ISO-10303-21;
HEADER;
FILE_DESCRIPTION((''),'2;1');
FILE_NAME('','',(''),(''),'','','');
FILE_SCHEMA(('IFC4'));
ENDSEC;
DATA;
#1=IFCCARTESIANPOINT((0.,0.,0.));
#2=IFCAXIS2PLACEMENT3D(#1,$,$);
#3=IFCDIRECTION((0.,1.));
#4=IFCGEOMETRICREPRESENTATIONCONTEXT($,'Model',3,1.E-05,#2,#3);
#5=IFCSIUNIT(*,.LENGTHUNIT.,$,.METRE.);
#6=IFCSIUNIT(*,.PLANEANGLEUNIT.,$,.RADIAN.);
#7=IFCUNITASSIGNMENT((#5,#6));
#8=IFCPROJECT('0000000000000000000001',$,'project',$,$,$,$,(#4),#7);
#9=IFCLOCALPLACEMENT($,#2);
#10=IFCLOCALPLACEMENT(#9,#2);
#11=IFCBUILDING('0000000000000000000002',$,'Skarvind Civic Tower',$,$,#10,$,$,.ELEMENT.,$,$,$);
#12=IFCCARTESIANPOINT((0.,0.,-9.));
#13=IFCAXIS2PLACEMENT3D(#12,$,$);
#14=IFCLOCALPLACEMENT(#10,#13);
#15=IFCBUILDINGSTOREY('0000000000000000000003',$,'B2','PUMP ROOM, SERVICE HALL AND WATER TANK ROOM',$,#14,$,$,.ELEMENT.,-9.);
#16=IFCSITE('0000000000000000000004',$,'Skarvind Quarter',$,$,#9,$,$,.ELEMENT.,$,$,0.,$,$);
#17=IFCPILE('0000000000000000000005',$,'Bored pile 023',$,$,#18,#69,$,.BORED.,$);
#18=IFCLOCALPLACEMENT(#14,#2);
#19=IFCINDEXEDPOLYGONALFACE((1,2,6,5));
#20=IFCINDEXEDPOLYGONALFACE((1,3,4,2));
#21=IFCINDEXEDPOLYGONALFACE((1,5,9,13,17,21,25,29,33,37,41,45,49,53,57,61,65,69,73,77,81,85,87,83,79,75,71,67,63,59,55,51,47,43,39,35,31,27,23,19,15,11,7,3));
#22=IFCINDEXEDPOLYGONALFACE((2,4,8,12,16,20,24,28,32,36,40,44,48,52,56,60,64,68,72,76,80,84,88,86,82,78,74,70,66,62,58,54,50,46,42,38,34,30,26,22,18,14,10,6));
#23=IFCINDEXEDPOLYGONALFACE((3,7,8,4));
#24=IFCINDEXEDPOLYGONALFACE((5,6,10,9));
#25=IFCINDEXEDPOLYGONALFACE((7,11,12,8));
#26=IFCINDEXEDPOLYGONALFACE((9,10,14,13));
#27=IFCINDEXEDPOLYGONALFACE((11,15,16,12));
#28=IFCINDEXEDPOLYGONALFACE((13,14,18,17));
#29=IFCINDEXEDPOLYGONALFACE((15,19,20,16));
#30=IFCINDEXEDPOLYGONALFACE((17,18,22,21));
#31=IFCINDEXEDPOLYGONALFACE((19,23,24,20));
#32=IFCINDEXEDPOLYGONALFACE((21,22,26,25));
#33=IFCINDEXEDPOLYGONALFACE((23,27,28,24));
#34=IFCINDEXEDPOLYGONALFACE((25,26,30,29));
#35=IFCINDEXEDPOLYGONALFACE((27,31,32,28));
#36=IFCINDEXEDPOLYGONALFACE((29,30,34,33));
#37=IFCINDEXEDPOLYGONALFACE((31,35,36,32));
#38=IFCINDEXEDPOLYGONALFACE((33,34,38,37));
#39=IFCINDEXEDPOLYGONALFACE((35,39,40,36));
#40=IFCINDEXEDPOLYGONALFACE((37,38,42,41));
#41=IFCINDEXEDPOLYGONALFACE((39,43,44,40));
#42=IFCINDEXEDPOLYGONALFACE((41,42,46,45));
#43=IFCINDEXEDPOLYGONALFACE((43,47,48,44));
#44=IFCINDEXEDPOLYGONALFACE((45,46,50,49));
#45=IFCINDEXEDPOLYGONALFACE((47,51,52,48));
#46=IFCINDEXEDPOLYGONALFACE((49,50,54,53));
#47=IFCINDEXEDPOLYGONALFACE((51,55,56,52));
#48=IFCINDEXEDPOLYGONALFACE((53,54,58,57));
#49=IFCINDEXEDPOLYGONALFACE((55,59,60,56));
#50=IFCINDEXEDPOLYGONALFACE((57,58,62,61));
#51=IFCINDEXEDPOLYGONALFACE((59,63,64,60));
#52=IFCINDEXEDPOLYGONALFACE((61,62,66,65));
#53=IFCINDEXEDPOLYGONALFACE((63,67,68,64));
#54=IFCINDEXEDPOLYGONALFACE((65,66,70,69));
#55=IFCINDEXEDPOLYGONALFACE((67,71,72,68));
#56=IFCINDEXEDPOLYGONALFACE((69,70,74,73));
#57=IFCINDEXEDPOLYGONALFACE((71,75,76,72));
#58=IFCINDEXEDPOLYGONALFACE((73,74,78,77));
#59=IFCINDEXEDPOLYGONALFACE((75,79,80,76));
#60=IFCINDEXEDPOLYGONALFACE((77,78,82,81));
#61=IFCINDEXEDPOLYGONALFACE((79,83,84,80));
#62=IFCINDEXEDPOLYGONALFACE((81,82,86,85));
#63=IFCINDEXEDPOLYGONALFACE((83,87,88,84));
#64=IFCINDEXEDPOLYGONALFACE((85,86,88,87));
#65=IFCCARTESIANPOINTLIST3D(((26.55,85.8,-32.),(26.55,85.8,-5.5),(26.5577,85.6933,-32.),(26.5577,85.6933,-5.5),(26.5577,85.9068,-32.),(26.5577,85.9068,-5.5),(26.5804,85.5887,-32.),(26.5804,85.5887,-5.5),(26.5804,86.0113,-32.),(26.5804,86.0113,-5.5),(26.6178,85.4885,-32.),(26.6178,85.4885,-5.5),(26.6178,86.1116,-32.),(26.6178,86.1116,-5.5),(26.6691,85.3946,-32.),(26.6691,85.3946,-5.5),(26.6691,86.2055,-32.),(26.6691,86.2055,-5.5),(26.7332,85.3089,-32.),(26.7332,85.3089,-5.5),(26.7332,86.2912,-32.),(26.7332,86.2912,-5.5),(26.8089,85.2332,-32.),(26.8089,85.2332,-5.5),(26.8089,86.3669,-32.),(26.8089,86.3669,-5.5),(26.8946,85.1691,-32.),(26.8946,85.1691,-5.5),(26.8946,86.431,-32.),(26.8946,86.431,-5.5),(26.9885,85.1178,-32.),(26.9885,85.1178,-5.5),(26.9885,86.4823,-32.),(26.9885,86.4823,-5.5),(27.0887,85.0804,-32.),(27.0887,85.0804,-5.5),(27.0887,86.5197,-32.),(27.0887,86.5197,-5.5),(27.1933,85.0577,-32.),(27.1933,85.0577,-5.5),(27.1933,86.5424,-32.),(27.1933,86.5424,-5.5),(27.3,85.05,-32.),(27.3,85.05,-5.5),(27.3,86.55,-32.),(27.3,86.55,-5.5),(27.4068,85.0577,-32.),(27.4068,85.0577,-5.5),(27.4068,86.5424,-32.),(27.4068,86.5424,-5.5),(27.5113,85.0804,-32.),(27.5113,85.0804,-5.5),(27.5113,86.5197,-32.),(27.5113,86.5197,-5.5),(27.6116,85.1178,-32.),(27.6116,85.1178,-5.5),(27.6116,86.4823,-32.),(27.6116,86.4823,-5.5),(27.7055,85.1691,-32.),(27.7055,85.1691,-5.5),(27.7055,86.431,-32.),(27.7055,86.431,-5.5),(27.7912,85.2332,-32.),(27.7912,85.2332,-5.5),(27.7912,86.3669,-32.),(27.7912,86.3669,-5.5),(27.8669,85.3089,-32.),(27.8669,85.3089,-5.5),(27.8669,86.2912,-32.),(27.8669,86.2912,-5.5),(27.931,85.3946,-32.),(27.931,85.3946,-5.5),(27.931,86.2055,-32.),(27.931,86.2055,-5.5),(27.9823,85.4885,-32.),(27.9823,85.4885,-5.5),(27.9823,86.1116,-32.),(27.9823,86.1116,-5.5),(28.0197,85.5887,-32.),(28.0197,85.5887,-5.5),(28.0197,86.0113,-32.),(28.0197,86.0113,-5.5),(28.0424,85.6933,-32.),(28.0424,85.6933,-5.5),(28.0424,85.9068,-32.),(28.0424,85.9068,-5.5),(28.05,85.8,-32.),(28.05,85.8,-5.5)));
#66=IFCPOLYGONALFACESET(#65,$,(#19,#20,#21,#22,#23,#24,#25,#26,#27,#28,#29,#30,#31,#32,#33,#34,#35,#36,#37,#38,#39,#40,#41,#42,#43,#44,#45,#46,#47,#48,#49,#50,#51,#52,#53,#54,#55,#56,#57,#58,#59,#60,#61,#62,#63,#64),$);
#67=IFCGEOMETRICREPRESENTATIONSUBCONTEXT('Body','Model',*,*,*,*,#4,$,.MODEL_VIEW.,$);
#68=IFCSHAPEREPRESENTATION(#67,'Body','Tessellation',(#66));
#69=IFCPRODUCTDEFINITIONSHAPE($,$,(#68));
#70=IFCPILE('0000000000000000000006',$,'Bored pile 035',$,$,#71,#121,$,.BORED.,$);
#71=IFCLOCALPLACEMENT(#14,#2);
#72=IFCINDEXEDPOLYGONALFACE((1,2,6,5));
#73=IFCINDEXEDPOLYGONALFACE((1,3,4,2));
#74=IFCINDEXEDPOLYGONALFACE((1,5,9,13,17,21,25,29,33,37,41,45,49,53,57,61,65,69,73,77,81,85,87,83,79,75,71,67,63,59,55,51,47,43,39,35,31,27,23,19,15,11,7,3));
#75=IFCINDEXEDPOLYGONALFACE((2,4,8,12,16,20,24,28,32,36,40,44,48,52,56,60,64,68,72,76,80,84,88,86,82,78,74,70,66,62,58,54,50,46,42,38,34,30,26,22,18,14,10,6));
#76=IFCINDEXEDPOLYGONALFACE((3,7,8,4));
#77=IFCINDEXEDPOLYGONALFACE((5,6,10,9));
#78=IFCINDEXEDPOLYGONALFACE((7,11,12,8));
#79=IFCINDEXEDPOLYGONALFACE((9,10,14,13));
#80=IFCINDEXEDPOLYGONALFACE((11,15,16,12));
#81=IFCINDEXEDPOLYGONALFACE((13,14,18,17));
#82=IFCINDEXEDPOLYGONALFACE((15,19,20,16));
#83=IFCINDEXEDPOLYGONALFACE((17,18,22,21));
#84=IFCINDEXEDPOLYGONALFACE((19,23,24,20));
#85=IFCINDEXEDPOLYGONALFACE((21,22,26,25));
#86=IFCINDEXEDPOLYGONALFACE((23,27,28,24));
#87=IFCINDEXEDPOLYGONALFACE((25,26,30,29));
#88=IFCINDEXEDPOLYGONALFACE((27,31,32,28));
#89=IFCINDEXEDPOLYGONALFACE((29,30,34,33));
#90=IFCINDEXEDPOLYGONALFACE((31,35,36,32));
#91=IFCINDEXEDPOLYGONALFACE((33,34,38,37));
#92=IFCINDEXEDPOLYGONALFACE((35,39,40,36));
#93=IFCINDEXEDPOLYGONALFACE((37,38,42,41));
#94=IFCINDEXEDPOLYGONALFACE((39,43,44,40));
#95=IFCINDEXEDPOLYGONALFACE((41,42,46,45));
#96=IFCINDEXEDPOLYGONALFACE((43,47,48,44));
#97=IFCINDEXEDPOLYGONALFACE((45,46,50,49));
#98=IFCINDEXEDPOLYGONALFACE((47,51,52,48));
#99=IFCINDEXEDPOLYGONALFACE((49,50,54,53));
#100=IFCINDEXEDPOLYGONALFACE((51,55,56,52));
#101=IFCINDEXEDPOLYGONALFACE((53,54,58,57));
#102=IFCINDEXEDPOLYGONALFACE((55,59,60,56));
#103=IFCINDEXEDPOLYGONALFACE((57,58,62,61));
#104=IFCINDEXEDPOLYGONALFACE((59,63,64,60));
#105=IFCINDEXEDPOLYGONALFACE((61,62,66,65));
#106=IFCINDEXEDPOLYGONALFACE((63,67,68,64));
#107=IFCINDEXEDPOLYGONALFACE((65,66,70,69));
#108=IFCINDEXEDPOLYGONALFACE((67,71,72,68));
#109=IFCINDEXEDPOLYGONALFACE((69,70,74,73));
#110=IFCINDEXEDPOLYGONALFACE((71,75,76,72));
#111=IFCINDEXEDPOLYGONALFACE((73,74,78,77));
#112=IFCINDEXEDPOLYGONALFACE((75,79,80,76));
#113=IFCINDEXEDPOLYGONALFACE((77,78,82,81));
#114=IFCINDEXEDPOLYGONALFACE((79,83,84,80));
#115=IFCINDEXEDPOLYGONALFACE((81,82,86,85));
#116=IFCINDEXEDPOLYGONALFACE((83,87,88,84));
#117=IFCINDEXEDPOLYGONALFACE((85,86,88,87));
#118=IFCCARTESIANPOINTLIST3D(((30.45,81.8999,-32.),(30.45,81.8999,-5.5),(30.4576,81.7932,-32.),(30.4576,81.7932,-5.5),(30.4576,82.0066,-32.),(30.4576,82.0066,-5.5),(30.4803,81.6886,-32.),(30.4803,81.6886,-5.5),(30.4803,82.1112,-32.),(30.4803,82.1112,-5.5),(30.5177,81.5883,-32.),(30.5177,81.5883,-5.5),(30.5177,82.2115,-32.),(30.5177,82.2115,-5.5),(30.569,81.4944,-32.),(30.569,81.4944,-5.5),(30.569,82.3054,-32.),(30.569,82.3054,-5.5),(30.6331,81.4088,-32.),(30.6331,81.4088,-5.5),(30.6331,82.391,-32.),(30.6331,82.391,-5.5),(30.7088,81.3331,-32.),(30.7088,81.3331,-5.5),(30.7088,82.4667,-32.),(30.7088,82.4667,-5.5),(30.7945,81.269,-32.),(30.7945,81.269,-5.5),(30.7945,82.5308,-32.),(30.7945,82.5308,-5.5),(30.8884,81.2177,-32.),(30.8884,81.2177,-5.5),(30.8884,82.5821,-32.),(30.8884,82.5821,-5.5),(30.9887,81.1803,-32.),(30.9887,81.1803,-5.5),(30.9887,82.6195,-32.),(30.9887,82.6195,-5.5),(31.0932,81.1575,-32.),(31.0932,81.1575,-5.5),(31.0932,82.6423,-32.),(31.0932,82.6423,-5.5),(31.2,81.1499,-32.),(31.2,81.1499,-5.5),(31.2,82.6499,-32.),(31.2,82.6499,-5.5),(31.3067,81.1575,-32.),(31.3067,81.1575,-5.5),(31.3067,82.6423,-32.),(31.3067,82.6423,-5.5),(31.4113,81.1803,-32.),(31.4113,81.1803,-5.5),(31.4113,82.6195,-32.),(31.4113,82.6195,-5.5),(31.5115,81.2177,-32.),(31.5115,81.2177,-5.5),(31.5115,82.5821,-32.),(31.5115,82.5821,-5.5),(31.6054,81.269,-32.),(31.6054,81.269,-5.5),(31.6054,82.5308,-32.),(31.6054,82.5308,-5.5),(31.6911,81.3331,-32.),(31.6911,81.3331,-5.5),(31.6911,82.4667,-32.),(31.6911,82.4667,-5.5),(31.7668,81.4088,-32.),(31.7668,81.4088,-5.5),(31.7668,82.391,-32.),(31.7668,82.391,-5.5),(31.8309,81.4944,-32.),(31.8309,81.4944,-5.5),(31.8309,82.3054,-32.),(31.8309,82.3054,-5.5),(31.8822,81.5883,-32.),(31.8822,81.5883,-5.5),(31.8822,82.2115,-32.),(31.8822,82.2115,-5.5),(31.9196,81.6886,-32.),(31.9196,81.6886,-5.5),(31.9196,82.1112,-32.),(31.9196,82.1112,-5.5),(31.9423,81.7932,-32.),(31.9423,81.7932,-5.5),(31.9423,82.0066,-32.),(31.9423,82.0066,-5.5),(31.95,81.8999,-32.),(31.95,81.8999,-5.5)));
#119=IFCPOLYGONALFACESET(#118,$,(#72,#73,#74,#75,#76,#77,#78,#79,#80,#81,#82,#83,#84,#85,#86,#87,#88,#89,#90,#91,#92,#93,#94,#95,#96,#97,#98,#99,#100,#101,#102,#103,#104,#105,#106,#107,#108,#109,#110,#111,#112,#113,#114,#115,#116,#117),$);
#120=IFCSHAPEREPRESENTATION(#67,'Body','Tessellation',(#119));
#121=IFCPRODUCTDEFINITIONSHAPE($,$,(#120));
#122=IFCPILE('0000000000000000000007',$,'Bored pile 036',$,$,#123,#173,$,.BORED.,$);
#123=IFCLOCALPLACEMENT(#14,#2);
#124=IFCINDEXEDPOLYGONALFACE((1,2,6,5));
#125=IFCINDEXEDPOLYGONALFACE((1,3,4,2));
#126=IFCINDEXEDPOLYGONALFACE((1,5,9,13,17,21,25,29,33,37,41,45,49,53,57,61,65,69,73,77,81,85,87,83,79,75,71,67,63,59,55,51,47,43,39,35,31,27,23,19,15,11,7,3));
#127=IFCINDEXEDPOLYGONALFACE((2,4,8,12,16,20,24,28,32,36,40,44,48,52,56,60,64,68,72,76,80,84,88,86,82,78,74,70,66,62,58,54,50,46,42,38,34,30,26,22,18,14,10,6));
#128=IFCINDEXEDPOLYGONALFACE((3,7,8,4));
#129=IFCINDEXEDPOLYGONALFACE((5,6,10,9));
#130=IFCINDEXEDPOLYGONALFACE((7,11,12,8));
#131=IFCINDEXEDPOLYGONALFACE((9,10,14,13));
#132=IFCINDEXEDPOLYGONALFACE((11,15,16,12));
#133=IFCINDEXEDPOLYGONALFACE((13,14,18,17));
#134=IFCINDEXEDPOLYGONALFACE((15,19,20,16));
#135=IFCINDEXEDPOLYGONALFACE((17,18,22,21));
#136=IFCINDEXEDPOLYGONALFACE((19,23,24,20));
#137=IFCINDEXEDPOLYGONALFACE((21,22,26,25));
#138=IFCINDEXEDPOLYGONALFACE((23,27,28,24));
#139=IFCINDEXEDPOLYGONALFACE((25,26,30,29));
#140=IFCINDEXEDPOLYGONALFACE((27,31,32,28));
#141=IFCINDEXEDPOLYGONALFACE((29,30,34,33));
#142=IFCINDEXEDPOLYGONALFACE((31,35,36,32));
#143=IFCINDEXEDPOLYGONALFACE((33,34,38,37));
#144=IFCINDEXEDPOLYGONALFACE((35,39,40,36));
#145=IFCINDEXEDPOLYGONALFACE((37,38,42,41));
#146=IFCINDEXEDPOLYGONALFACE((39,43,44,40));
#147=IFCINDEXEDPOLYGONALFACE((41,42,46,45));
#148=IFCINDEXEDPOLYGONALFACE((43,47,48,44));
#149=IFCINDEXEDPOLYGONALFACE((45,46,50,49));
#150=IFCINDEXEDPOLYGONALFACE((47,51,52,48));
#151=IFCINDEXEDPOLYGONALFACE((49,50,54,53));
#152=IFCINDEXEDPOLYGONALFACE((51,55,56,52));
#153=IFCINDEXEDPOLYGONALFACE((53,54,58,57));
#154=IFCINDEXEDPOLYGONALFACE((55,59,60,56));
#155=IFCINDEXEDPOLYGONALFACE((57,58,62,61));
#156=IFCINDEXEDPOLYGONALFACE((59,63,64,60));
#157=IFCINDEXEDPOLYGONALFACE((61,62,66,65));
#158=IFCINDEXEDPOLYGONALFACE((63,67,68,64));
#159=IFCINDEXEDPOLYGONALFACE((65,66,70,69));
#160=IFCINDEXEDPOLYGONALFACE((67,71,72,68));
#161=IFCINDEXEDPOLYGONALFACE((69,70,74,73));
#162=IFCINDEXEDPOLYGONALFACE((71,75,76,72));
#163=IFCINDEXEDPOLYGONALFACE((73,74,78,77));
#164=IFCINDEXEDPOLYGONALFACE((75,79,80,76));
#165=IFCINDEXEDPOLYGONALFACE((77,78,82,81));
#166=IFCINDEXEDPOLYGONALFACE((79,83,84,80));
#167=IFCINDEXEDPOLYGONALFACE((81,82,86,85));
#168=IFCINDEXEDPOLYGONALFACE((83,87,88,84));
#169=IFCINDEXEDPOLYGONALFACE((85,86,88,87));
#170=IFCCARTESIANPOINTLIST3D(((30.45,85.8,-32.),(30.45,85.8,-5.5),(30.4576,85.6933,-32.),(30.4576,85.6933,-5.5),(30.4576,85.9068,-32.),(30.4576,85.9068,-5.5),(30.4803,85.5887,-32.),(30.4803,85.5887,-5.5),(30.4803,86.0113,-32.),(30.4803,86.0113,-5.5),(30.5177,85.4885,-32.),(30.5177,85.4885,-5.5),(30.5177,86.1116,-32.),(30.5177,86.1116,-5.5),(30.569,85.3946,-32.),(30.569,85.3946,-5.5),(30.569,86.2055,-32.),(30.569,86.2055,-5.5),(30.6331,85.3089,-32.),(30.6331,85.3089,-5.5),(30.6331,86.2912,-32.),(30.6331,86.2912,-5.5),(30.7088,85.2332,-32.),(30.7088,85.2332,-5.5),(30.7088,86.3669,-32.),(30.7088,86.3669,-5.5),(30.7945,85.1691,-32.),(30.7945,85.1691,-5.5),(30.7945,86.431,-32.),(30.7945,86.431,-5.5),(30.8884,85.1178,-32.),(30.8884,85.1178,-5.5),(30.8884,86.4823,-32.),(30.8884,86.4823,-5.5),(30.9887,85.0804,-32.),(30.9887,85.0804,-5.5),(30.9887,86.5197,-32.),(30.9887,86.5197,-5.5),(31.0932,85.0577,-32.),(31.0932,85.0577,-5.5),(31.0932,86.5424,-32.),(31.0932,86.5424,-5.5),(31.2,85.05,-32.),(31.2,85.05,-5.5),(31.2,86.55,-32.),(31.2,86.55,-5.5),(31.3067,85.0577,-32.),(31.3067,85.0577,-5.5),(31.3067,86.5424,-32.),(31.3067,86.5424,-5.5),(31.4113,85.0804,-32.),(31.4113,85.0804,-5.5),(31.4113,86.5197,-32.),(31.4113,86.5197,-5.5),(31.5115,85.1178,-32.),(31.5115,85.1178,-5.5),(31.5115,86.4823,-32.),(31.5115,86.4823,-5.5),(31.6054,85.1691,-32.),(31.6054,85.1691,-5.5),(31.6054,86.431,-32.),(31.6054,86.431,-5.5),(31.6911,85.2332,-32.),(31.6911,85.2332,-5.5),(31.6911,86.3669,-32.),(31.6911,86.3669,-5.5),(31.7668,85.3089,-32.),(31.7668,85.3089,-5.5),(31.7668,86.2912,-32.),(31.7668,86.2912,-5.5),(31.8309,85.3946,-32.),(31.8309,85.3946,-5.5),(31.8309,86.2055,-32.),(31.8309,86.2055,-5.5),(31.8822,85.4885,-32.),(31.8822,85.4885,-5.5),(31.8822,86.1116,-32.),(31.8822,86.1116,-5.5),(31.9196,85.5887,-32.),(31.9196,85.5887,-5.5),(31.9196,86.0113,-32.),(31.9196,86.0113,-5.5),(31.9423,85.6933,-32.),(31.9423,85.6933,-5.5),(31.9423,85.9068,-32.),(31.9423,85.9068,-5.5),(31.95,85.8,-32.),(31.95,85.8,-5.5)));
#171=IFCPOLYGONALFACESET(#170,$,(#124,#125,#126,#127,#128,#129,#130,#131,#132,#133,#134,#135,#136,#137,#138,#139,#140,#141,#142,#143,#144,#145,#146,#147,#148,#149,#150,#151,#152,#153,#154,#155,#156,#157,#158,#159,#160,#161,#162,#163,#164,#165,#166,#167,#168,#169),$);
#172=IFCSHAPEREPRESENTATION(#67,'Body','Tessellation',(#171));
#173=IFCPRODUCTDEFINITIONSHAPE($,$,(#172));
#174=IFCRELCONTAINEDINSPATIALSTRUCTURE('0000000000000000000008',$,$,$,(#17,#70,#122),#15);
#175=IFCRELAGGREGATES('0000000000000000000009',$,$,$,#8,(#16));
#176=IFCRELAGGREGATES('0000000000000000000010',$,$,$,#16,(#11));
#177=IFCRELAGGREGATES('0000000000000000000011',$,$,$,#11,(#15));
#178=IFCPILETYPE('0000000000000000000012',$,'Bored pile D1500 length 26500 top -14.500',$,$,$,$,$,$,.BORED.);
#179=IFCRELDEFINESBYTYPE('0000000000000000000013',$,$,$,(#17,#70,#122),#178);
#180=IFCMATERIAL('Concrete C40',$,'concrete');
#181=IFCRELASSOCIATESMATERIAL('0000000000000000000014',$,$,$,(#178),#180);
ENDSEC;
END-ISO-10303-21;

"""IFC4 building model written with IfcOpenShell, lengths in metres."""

from ifc_helpers import new_model, si_unit, direction, frame, origin, origin_2d, place, context, subcontext, project, spatial, circle, extrude, material, type_object, element, save


model = new_model("IFC4")

# Units and contexts
model_context = context("Model", 3, precision=1e-05, world=origin(), true_north=direction((0.0, 1.0)))
body_context = subcontext(model_context, "Body", "Model", "MODEL_VIEW")
ifc_project = project(units=[si_unit("LENGTHUNIT", "METRE"), si_unit("PLANEANGLEUNIT", "RADIAN")], contexts=[model_context])

# Site, building, storey
site_placement = place(None, origin())
site = spatial("IfcSite", under=ifc_project, at=site_placement, Name="Skarvind Quarter", CompositionType="ELEMENT", RefElevation=0.0)
building_placement = place(site_placement, origin())
building = spatial("IfcBuilding", under=site, at=building_placement, Name="Skarvind Civic Tower", CompositionType="ELEMENT")
storey_placement = place(building_placement, frame((0.0, 0.0, -9.0)))
storey = spatial("IfcBuildingStorey", under=building, at=storey_placement, Name="B2", Description="PUMP ROOM, SERVICE HALL AND WATER TANK ROOM", CompositionType="ELEMENT", Elevation=-9.0)

# Piles
ifc_material_1 = material(Name="Concrete C40", Category="concrete")
pile_type_1 = type_object("IfcPileType", Name="Bored pile D1500 length 26500 top -14.500", PredefinedType="BORED", material=ifc_material_1)
for number, where, z_axis, x_axis, name in (
    (1, (27.3, 85.8, -5.5), (0.0, 0.0, -1.0), (1.0, 0.0, 0.0), "Bored pile 023"),
    (2, (31.2, 81.8999, -5.5), (0.0, 0.0, -1.0), (1.0, 0.0, 0.0), "Bored pile 035"),
    (3, (31.2, 85.8, -5.5), (0.0, 0.0, -1.0), (1.0, 0.0, 0.0), "Bored pile 036"),
):
    element("IfcPile", number, at=place(storey_placement, frame(where, z_axis=z_axis, x_axis=x_axis)), inside=storey, type_object=pile_type_1, Name=name, PredefinedType="BORED", context=body_context, shape_type="SweptSolid", body=[
        extrude(circle(Radius=0.75, at=origin_2d()), origin(), (0.0, 0.0, 1.0), 26.5),
    ])

save(model, "model.ifc")
